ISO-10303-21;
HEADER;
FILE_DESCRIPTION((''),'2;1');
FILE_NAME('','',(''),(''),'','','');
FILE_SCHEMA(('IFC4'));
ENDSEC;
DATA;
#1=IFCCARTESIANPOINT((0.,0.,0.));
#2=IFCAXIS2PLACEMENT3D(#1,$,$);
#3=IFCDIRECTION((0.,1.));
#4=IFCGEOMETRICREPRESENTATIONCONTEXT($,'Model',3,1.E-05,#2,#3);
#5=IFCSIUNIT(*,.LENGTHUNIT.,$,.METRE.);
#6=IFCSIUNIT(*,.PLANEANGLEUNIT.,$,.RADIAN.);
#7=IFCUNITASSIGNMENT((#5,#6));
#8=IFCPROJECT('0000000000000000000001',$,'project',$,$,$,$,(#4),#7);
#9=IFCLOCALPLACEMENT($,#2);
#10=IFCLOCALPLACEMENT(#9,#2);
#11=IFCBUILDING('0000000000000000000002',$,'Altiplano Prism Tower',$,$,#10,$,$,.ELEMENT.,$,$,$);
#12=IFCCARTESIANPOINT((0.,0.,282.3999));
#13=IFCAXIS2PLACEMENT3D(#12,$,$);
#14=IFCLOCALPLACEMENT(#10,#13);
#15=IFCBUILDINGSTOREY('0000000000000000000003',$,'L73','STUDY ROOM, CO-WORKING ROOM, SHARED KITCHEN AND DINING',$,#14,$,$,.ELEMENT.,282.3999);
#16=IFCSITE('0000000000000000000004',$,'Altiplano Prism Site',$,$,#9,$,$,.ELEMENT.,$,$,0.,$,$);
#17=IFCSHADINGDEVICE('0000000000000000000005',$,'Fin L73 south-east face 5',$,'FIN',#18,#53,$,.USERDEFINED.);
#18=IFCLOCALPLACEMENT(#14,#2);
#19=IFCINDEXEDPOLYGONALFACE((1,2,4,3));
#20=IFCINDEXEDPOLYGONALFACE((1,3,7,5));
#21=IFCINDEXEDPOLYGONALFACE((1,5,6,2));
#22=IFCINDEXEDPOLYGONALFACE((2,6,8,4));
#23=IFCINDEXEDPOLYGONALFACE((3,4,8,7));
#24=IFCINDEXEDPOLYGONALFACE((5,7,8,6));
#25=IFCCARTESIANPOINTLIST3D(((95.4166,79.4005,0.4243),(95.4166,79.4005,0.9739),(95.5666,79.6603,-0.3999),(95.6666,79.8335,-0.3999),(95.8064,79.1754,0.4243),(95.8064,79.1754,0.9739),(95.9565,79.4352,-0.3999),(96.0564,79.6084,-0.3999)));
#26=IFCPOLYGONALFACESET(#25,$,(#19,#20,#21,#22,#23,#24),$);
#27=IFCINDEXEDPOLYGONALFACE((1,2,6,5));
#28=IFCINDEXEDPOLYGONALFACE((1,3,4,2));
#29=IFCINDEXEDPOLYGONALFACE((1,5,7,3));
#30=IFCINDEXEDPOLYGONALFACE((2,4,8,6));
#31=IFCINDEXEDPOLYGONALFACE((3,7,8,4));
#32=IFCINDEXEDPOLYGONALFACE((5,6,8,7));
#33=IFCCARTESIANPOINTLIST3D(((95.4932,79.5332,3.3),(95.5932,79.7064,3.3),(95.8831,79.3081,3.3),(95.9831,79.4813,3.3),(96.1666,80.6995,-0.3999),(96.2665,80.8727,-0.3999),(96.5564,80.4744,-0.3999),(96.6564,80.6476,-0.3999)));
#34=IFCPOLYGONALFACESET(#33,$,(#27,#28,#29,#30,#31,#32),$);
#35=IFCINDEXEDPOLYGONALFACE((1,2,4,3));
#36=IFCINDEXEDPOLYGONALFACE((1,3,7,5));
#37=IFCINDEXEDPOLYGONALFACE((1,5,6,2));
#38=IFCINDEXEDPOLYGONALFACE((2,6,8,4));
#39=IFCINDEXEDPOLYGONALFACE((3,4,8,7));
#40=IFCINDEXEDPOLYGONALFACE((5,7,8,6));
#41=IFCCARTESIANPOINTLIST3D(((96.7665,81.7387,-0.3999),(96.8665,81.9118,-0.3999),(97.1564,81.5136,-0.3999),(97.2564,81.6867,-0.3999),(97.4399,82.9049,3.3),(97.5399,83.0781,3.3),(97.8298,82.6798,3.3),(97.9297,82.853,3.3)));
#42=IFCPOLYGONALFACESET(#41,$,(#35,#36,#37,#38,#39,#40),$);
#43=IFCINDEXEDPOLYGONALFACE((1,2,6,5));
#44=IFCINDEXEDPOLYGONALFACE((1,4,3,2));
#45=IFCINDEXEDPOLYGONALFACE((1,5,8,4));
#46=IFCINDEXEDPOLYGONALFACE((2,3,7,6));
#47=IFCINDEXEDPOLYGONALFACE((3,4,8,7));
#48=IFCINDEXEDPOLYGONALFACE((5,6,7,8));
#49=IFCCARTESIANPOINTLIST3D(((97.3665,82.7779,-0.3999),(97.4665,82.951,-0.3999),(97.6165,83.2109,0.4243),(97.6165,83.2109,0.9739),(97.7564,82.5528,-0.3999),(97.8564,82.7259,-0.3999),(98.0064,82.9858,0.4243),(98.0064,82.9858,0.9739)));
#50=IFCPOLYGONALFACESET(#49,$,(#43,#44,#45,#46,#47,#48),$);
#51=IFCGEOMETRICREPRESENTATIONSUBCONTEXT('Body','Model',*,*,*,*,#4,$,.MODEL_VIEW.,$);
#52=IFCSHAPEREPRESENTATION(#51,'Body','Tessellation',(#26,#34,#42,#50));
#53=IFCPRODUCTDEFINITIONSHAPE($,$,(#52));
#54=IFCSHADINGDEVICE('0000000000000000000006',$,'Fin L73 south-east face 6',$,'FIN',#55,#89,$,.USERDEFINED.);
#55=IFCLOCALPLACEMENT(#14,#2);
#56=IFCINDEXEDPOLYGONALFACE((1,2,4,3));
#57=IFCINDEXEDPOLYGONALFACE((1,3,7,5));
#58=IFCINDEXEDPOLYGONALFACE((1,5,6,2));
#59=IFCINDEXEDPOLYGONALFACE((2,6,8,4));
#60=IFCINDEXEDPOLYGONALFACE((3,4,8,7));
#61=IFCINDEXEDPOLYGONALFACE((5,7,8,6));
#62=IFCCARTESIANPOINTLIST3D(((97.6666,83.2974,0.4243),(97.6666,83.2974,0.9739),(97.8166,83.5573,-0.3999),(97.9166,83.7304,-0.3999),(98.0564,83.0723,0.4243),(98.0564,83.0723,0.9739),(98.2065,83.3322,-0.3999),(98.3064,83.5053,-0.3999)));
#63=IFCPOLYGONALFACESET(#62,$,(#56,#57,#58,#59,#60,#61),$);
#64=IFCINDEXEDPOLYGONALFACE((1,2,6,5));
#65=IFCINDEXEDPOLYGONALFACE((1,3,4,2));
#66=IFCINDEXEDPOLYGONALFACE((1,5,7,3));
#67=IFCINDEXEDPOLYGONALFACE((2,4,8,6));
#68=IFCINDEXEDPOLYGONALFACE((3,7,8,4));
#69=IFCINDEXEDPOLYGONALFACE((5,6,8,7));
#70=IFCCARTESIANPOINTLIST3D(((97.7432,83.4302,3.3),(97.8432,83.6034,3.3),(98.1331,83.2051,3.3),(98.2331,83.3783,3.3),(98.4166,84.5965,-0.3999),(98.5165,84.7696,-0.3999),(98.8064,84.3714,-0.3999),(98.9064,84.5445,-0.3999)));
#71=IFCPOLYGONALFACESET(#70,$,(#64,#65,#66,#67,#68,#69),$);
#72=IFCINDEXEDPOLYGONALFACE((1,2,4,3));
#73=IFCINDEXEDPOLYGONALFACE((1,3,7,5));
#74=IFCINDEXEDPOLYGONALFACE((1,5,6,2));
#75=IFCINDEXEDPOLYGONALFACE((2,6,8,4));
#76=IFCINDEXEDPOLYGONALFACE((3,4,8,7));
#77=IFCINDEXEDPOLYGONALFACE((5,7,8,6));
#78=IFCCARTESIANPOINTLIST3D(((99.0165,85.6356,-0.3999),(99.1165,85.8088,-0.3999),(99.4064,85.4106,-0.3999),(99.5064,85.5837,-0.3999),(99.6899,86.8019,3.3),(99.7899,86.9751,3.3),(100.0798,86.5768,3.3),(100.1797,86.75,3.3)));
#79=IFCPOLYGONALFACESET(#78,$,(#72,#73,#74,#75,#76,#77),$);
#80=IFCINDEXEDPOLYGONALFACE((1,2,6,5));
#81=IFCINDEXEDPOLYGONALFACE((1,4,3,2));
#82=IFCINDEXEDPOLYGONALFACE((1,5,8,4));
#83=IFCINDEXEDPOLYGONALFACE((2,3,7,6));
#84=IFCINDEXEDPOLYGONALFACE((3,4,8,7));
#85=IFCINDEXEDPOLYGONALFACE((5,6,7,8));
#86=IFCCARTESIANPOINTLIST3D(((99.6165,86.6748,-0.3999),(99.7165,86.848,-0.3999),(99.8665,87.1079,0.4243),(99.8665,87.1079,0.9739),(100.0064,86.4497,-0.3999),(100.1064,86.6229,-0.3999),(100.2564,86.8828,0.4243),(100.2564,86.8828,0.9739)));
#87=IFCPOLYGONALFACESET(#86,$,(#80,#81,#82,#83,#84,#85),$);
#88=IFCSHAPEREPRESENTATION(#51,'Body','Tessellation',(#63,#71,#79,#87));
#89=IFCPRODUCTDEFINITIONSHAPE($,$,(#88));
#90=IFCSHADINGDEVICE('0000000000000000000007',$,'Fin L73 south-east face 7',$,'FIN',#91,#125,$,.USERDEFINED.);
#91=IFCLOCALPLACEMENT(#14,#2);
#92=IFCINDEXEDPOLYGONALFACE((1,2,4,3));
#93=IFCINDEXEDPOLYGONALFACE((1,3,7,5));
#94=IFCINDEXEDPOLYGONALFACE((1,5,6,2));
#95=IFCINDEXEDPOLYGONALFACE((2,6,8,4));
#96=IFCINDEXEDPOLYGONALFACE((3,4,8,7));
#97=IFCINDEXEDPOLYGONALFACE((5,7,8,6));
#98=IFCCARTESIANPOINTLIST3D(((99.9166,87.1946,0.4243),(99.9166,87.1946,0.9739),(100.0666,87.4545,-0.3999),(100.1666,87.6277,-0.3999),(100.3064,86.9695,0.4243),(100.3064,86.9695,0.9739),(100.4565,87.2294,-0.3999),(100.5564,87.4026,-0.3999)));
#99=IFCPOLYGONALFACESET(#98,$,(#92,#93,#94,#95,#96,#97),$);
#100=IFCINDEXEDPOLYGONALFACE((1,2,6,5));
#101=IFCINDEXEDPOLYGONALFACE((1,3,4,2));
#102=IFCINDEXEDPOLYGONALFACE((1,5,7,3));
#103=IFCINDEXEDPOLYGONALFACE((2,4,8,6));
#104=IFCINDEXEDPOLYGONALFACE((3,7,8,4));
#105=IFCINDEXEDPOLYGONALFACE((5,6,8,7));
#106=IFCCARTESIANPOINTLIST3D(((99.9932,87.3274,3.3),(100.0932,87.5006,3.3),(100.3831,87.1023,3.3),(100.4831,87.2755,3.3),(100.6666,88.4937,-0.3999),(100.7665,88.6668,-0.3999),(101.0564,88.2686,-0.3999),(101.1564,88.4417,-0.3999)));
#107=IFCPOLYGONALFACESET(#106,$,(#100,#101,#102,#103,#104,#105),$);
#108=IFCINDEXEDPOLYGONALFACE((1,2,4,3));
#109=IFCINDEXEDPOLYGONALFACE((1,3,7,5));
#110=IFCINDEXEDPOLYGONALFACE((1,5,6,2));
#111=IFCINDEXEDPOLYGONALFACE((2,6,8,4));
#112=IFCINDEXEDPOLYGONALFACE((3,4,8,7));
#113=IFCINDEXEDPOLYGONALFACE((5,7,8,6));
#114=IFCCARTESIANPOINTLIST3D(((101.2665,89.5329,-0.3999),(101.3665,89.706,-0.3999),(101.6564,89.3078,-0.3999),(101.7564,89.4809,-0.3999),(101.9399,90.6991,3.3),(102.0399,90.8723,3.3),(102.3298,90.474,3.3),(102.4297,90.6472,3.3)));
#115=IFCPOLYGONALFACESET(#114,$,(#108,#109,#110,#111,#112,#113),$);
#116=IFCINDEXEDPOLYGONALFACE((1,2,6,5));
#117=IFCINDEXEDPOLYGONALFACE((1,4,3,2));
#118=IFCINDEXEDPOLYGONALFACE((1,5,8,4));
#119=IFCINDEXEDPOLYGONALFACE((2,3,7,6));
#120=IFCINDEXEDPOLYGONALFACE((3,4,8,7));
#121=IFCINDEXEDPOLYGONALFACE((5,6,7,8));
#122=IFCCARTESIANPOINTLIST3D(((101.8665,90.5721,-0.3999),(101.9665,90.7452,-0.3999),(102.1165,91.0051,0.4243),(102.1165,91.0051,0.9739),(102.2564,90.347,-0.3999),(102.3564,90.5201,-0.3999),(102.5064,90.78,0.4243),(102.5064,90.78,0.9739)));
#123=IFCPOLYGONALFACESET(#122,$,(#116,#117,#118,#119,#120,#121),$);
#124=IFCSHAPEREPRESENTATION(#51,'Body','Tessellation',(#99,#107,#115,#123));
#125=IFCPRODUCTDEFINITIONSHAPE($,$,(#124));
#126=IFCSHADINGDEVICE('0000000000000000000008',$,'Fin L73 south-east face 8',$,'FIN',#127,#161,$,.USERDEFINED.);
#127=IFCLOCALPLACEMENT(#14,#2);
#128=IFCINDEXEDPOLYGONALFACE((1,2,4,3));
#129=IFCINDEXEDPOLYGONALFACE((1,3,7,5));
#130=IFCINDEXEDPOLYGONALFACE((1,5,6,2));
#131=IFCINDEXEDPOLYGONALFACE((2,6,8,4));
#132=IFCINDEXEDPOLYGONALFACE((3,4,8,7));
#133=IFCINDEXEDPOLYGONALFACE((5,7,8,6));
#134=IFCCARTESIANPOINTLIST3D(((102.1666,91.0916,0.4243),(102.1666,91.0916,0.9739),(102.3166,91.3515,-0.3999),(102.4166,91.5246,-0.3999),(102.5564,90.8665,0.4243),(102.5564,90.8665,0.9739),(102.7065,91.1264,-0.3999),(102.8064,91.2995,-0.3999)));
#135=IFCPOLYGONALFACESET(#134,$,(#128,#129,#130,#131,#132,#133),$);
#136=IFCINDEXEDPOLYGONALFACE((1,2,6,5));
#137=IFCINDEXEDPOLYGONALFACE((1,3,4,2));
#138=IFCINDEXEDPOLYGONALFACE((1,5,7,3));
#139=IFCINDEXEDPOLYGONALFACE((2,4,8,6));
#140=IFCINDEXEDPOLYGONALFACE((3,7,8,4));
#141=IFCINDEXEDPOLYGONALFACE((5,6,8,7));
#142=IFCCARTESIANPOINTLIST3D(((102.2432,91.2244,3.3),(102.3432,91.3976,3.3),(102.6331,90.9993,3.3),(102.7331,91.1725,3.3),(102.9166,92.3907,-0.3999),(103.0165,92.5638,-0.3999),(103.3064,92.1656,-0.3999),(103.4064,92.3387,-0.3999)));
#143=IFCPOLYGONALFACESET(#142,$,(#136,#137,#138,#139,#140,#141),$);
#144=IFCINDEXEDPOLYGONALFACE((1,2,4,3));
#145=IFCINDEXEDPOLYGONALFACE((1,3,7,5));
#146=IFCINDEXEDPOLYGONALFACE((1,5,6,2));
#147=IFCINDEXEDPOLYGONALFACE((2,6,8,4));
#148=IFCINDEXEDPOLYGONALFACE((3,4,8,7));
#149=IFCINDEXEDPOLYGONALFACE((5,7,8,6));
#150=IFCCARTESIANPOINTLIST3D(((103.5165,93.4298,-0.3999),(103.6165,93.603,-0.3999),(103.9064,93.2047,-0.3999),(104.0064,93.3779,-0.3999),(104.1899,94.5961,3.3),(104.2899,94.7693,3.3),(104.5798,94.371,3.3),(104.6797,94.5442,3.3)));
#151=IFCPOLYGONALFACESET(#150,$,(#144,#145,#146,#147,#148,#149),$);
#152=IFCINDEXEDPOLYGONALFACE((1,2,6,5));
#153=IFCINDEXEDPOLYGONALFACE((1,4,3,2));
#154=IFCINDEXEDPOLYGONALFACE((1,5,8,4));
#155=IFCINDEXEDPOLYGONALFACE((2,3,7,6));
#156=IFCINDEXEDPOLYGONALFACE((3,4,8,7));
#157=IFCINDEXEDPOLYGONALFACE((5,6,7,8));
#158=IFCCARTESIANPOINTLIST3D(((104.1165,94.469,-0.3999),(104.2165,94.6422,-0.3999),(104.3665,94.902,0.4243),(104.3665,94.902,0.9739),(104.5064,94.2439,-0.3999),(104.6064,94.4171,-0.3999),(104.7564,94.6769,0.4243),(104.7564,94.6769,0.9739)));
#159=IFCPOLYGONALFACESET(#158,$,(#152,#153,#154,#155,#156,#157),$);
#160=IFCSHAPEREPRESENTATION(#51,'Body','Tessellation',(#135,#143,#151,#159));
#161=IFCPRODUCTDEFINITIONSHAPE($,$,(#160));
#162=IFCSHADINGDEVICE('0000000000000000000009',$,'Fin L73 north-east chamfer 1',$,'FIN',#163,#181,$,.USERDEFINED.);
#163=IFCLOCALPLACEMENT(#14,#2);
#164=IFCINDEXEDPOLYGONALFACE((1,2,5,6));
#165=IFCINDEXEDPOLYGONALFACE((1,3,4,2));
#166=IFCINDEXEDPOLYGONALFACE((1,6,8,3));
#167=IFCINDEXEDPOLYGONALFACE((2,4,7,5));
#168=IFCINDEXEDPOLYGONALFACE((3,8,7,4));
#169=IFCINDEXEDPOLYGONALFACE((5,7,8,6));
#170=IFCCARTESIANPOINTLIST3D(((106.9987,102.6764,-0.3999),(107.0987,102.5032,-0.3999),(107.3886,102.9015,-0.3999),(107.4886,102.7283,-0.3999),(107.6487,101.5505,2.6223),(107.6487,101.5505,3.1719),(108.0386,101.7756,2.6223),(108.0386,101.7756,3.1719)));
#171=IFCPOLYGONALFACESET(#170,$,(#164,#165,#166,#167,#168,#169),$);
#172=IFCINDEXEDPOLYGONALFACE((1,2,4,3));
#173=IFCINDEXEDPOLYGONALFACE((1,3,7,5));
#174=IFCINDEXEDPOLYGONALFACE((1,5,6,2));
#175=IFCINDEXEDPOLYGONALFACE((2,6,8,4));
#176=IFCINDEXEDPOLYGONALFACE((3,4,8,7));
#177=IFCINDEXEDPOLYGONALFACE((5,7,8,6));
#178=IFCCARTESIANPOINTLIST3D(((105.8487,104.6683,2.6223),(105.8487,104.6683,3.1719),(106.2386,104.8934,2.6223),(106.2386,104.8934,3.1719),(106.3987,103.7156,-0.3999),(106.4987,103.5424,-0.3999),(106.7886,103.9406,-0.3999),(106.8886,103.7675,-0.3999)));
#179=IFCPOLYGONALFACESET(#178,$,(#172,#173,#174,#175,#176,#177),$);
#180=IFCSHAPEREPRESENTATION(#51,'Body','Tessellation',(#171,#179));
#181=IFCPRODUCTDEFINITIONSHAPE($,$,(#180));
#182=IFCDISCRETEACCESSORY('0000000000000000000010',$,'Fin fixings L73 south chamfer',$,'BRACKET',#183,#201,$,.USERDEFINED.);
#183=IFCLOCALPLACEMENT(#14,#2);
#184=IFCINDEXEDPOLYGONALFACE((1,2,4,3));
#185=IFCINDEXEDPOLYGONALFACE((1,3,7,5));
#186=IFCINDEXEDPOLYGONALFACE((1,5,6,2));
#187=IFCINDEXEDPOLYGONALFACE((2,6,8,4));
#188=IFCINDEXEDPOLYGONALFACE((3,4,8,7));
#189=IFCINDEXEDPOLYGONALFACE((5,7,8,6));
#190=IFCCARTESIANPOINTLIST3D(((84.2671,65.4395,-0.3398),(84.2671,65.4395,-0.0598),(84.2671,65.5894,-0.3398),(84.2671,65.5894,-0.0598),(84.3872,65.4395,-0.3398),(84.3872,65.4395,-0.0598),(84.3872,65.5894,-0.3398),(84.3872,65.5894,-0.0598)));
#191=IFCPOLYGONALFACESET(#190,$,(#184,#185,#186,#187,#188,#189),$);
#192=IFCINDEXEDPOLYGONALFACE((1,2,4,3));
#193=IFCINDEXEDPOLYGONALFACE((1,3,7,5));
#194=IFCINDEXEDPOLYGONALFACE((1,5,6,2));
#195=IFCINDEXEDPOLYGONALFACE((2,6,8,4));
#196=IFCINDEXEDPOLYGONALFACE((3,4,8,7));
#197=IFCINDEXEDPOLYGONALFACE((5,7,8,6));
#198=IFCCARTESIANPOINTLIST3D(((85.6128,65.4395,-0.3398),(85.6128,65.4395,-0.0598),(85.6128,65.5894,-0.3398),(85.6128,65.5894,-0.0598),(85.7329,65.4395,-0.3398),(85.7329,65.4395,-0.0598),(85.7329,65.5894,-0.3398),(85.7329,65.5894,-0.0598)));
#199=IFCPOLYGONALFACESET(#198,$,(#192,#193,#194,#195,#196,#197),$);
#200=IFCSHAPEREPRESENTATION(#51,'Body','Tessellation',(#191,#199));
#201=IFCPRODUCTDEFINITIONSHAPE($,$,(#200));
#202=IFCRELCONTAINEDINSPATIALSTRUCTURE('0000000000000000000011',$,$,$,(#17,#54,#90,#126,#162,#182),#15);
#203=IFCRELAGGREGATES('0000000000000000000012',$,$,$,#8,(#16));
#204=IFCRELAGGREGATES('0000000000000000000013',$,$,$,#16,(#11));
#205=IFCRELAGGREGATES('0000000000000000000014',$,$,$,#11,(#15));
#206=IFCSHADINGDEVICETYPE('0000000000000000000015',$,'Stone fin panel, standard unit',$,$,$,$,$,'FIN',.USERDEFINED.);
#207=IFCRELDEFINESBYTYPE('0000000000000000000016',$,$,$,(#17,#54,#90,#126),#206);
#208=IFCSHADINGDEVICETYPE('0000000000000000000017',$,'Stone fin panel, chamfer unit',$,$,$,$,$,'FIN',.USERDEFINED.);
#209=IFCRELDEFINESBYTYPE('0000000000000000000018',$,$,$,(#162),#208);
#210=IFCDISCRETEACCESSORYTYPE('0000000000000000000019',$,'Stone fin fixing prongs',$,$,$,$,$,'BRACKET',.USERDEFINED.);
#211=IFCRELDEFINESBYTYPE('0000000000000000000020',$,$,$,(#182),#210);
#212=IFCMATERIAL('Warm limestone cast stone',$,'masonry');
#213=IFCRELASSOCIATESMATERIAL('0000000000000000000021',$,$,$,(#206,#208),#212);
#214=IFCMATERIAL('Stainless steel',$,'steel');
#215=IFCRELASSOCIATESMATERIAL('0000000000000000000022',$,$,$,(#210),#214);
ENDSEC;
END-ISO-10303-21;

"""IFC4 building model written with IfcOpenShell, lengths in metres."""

from ifc_helpers import new_model, si_unit, direction, frame, origin, place, context, subcontext, project, spatial, polyline, outline, extrude, source, transform, mapped, material, type_object, element, save


model = new_model("IFC4")

# Units and contexts
model_context = context("Model", 3, precision=1e-05, world=origin(), true_north=direction((0.0, 1.0)))
body_context = subcontext(model_context, "Body", "Model", "MODEL_VIEW")
ifc_project = project(units=[si_unit("LENGTHUNIT", "METRE"), si_unit("PLANEANGLEUNIT", "RADIAN")], contexts=[model_context])

# Site, building, storey
site_placement = place(None, origin())
site = spatial("IfcSite", under=ifc_project, at=site_placement, Name="Altiplano Prism Site", CompositionType="ELEMENT", RefElevation=0.0)
building_placement = place(site_placement, origin())
building = spatial("IfcBuilding", under=site, at=building_placement, Name="Altiplano Prism Tower", CompositionType="ELEMENT")
storey_placement = place(building_placement, frame((0.0, 0.0, 282.3999)))
storey = spatial("IfcBuildingStorey", under=building, at=storey_placement, Name="L73", Description="STUDY ROOM, CO-WORKING ROOM, SHARED KITCHEN AND DINING", CompositionType="ELEMENT", Elevation=282.3999)

# Shading devices
ifc_material_1 = material(Name="Warm limestone cast stone", Category="masonry")
shading_device_type_1 = type_object("IfcShadingDeviceType", Name="Stone fin panel, standard unit", ElementType="FIN", PredefinedType="USERDEFINED", material=ifc_material_1)
shared_shape_1 = source(origin(), body_context, "Body", "SweptSolid", [
    extrude(outline(polyline([(-2.2, 1.3738), (-2.2, 0.8242), (-1.8999, 0.0), (-1.7, 0.0), (-2.2, 1.3738)])), frame((0.0, -0.1499, 0.0), z_axis=(0.0, -1.0, 0.0), x_axis=(1.0, 0.0, 0.0)), (0.0, 0.0, 1.0), 0.4502),
    extrude(outline(polyline([(-2.0466, 3.7), (-0.7, 0.0), (-0.5, 0.0), (-1.8467, 3.7), (-2.0466, 3.7)])), frame((0.0, -0.1499, 0.0), z_axis=(0.0, -1.0, 0.0), x_axis=(1.0, 0.0, 0.0)), (0.0, 0.0, 1.0), 0.4502),
    extrude(outline(polyline([(1.8467, 3.7), (0.5, 0.0), (0.7, 0.0), (2.0466, 3.7), (1.8467, 3.7)])), frame((0.0, -0.1499, 0.0), z_axis=(0.0, -1.0, 0.0), x_axis=(1.0, 0.0, 0.0)), (0.0, 0.0, 1.0), 0.4502),
    extrude(outline(polyline([(2.2, 0.8242), (2.2, 1.3738), (1.7, 0.0), (1.8999, 0.0), (2.2, 0.8242)])), frame((0.0, -0.1499, 0.0), z_axis=(0.0, -1.0, 0.0), x_axis=(1.0, 0.0, 0.0)), (0.0, 0.0, 1.0), 0.4502),
])
shading_device_1_placement = place(storey_placement, origin())
element("IfcShadingDevice", 1, at=shading_device_1_placement, inside=storey, type_object=shading_device_type_1, Name="Fin L73 south-east face 5", ObjectType="FIN", PredefinedType="USERDEFINED", context=body_context, shape_type="MappedRepresentation", body=[
    mapped(shared_shape_1, transform((96.3867, 81.3806, -0.3999), x_axis=(0.5, 0.866025, 0.0), y_axis=(-0.866025, 0.5, 0.0), z_axis=(0.0, 0.0, 1.0))),
])
shading_device_2_placement = place(storey_placement, origin())
element("IfcShadingDevice", 2, at=shading_device_2_placement, inside=storey, type_object=shading_device_type_1, Name="Fin L73 south-east face 6", ObjectType="FIN", PredefinedType="USERDEFINED", context=body_context, shape_type="MappedRepresentation", body=[
    mapped(shared_shape_1, transform((98.6367, 85.2776, -0.3999), x_axis=(0.5, 0.866025, 0.0), y_axis=(-0.866025, 0.5, 0.0), z_axis=(0.0, 0.0, 1.0))),
])
shading_device_3_placement = place(storey_placement, origin())
element("IfcShadingDevice", 3, at=shading_device_3_placement, inside=storey, type_object=shading_device_type_1, Name="Fin L73 south-east face 7", ObjectType="FIN", PredefinedType="USERDEFINED", context=body_context, shape_type="MappedRepresentation", body=[
    mapped(shared_shape_1, transform((100.8867, 89.1748, -0.3999), x_axis=(0.5, 0.866025, 0.0), y_axis=(-0.866025, 0.5, 0.0), z_axis=(0.0, 0.0, 1.0))),
])
shading_device_4_placement = place(storey_placement, origin())
element("IfcShadingDevice", 4, at=shading_device_4_placement, inside=storey, type_object=shading_device_type_1, Name="Fin L73 south-east face 8", ObjectType="FIN", PredefinedType="USERDEFINED", context=body_context, shape_type="MappedRepresentation", body=[
    mapped(shared_shape_1, transform((103.1367, 93.0718, -0.3999), x_axis=(0.5, 0.866025, 0.0), y_axis=(-0.866025, 0.5, 0.0), z_axis=(0.0, 0.0, 1.0))),
])
shading_device_type_2 = type_object("IfcShadingDeviceType", Name="Stone fin panel, chamfer unit", ElementType="FIN", PredefinedType="USERDEFINED", material=ifc_material_1)
shared_shape_2 = source(origin(), body_context, "Body", "SweptSolid", [
    extrude(outline(polyline([(-1.8, 3.5718), (-1.8, 3.0222), (-0.7, 0.0), (-0.5, 0.0), (-1.8, 3.5718)])), frame((0.0, -0.1499, 0.0), z_axis=(0.0, -1.0, 0.0), x_axis=(1.0, 0.0, 0.0)), (0.0, 0.0, 1.0), 0.4502),
    extrude(outline(polyline([(1.8, 3.0222), (1.8, 3.5718), (0.5, 0.0), (0.7, 0.0), (1.8, 3.0222)])), frame((0.0, -0.1499, 0.0), z_axis=(0.0, -1.0, 0.0), x_axis=(1.0, 0.0, 0.0)), (0.0, 0.0, 1.0), 0.4502),
])
shading_device_5_placement = place(storey_placement, origin())
element("IfcShadingDevice", 5, at=shading_device_5_placement, inside=storey, type_object=shading_device_type_2, Name="Fin L73 north-east chamfer 1", ObjectType="FIN", PredefinedType="USERDEFINED", context=body_context, shape_type="MappedRepresentation", body=[
    mapped(shared_shape_2, transform((106.6189, 103.0344, -0.3999), x_axis=(-0.5, 0.866025, 0.0), y_axis=(-0.866025, -0.5, 0.0), z_axis=(0.0, 0.0, 1.0))),
])

# Discrete accessory
ifc_material_2 = material(Name="Stainless steel", Category="steel")
discrete_accessory_type = type_object("IfcDiscreteAccessoryType", Name="Stone fin fixing prongs", ElementType="BRACKET", PredefinedType="USERDEFINED", material=ifc_material_2)
shared_shape_3 = source(origin(), body_context, "Body", "SweptSolid", [
    extrude(outline(polyline([(-0.7329, 0.0601), (-0.6128, 0.0601), (-0.6128, 0.3401), (-0.7329, 0.3401), (-0.7329, 0.0601)])), frame((0.0, 0.0, 0.0), z_axis=(0.0, -1.0, 0.0), x_axis=(1.0, 0.0, 0.0)), (0.0, 0.0, 1.0), 0.1499),
    extrude(outline(polyline([(0.6128, 0.0601), (0.7329, 0.0601), (0.7329, 0.3401), (0.6128, 0.3401), (0.6128, 0.0601)])), frame((0.0, 0.0, 0.0), z_axis=(0.0, -1.0, 0.0), x_axis=(1.0, 0.0, 0.0)), (0.0, 0.0, 1.0), 0.1499),
])
discrete_accessory_1_placement = place(storey_placement, origin())
element("IfcDiscreteAccessory", 6, at=discrete_accessory_1_placement, inside=storey, type_object=discrete_accessory_type, Name="Fin fixings L73 south chamfer", ObjectType="BRACKET", PredefinedType="USERDEFINED", context=body_context, shape_type="MappedRepresentation", body=[
    mapped(shared_shape_3, transform((85.0, 65.5894, -0.3999), x_axis=(1.0, 0.0, 0.0), y_axis=(0.0, 1.0, 0.0), z_axis=(0.0, 0.0, 1.0))),
])

save(model, "model.ifc")
